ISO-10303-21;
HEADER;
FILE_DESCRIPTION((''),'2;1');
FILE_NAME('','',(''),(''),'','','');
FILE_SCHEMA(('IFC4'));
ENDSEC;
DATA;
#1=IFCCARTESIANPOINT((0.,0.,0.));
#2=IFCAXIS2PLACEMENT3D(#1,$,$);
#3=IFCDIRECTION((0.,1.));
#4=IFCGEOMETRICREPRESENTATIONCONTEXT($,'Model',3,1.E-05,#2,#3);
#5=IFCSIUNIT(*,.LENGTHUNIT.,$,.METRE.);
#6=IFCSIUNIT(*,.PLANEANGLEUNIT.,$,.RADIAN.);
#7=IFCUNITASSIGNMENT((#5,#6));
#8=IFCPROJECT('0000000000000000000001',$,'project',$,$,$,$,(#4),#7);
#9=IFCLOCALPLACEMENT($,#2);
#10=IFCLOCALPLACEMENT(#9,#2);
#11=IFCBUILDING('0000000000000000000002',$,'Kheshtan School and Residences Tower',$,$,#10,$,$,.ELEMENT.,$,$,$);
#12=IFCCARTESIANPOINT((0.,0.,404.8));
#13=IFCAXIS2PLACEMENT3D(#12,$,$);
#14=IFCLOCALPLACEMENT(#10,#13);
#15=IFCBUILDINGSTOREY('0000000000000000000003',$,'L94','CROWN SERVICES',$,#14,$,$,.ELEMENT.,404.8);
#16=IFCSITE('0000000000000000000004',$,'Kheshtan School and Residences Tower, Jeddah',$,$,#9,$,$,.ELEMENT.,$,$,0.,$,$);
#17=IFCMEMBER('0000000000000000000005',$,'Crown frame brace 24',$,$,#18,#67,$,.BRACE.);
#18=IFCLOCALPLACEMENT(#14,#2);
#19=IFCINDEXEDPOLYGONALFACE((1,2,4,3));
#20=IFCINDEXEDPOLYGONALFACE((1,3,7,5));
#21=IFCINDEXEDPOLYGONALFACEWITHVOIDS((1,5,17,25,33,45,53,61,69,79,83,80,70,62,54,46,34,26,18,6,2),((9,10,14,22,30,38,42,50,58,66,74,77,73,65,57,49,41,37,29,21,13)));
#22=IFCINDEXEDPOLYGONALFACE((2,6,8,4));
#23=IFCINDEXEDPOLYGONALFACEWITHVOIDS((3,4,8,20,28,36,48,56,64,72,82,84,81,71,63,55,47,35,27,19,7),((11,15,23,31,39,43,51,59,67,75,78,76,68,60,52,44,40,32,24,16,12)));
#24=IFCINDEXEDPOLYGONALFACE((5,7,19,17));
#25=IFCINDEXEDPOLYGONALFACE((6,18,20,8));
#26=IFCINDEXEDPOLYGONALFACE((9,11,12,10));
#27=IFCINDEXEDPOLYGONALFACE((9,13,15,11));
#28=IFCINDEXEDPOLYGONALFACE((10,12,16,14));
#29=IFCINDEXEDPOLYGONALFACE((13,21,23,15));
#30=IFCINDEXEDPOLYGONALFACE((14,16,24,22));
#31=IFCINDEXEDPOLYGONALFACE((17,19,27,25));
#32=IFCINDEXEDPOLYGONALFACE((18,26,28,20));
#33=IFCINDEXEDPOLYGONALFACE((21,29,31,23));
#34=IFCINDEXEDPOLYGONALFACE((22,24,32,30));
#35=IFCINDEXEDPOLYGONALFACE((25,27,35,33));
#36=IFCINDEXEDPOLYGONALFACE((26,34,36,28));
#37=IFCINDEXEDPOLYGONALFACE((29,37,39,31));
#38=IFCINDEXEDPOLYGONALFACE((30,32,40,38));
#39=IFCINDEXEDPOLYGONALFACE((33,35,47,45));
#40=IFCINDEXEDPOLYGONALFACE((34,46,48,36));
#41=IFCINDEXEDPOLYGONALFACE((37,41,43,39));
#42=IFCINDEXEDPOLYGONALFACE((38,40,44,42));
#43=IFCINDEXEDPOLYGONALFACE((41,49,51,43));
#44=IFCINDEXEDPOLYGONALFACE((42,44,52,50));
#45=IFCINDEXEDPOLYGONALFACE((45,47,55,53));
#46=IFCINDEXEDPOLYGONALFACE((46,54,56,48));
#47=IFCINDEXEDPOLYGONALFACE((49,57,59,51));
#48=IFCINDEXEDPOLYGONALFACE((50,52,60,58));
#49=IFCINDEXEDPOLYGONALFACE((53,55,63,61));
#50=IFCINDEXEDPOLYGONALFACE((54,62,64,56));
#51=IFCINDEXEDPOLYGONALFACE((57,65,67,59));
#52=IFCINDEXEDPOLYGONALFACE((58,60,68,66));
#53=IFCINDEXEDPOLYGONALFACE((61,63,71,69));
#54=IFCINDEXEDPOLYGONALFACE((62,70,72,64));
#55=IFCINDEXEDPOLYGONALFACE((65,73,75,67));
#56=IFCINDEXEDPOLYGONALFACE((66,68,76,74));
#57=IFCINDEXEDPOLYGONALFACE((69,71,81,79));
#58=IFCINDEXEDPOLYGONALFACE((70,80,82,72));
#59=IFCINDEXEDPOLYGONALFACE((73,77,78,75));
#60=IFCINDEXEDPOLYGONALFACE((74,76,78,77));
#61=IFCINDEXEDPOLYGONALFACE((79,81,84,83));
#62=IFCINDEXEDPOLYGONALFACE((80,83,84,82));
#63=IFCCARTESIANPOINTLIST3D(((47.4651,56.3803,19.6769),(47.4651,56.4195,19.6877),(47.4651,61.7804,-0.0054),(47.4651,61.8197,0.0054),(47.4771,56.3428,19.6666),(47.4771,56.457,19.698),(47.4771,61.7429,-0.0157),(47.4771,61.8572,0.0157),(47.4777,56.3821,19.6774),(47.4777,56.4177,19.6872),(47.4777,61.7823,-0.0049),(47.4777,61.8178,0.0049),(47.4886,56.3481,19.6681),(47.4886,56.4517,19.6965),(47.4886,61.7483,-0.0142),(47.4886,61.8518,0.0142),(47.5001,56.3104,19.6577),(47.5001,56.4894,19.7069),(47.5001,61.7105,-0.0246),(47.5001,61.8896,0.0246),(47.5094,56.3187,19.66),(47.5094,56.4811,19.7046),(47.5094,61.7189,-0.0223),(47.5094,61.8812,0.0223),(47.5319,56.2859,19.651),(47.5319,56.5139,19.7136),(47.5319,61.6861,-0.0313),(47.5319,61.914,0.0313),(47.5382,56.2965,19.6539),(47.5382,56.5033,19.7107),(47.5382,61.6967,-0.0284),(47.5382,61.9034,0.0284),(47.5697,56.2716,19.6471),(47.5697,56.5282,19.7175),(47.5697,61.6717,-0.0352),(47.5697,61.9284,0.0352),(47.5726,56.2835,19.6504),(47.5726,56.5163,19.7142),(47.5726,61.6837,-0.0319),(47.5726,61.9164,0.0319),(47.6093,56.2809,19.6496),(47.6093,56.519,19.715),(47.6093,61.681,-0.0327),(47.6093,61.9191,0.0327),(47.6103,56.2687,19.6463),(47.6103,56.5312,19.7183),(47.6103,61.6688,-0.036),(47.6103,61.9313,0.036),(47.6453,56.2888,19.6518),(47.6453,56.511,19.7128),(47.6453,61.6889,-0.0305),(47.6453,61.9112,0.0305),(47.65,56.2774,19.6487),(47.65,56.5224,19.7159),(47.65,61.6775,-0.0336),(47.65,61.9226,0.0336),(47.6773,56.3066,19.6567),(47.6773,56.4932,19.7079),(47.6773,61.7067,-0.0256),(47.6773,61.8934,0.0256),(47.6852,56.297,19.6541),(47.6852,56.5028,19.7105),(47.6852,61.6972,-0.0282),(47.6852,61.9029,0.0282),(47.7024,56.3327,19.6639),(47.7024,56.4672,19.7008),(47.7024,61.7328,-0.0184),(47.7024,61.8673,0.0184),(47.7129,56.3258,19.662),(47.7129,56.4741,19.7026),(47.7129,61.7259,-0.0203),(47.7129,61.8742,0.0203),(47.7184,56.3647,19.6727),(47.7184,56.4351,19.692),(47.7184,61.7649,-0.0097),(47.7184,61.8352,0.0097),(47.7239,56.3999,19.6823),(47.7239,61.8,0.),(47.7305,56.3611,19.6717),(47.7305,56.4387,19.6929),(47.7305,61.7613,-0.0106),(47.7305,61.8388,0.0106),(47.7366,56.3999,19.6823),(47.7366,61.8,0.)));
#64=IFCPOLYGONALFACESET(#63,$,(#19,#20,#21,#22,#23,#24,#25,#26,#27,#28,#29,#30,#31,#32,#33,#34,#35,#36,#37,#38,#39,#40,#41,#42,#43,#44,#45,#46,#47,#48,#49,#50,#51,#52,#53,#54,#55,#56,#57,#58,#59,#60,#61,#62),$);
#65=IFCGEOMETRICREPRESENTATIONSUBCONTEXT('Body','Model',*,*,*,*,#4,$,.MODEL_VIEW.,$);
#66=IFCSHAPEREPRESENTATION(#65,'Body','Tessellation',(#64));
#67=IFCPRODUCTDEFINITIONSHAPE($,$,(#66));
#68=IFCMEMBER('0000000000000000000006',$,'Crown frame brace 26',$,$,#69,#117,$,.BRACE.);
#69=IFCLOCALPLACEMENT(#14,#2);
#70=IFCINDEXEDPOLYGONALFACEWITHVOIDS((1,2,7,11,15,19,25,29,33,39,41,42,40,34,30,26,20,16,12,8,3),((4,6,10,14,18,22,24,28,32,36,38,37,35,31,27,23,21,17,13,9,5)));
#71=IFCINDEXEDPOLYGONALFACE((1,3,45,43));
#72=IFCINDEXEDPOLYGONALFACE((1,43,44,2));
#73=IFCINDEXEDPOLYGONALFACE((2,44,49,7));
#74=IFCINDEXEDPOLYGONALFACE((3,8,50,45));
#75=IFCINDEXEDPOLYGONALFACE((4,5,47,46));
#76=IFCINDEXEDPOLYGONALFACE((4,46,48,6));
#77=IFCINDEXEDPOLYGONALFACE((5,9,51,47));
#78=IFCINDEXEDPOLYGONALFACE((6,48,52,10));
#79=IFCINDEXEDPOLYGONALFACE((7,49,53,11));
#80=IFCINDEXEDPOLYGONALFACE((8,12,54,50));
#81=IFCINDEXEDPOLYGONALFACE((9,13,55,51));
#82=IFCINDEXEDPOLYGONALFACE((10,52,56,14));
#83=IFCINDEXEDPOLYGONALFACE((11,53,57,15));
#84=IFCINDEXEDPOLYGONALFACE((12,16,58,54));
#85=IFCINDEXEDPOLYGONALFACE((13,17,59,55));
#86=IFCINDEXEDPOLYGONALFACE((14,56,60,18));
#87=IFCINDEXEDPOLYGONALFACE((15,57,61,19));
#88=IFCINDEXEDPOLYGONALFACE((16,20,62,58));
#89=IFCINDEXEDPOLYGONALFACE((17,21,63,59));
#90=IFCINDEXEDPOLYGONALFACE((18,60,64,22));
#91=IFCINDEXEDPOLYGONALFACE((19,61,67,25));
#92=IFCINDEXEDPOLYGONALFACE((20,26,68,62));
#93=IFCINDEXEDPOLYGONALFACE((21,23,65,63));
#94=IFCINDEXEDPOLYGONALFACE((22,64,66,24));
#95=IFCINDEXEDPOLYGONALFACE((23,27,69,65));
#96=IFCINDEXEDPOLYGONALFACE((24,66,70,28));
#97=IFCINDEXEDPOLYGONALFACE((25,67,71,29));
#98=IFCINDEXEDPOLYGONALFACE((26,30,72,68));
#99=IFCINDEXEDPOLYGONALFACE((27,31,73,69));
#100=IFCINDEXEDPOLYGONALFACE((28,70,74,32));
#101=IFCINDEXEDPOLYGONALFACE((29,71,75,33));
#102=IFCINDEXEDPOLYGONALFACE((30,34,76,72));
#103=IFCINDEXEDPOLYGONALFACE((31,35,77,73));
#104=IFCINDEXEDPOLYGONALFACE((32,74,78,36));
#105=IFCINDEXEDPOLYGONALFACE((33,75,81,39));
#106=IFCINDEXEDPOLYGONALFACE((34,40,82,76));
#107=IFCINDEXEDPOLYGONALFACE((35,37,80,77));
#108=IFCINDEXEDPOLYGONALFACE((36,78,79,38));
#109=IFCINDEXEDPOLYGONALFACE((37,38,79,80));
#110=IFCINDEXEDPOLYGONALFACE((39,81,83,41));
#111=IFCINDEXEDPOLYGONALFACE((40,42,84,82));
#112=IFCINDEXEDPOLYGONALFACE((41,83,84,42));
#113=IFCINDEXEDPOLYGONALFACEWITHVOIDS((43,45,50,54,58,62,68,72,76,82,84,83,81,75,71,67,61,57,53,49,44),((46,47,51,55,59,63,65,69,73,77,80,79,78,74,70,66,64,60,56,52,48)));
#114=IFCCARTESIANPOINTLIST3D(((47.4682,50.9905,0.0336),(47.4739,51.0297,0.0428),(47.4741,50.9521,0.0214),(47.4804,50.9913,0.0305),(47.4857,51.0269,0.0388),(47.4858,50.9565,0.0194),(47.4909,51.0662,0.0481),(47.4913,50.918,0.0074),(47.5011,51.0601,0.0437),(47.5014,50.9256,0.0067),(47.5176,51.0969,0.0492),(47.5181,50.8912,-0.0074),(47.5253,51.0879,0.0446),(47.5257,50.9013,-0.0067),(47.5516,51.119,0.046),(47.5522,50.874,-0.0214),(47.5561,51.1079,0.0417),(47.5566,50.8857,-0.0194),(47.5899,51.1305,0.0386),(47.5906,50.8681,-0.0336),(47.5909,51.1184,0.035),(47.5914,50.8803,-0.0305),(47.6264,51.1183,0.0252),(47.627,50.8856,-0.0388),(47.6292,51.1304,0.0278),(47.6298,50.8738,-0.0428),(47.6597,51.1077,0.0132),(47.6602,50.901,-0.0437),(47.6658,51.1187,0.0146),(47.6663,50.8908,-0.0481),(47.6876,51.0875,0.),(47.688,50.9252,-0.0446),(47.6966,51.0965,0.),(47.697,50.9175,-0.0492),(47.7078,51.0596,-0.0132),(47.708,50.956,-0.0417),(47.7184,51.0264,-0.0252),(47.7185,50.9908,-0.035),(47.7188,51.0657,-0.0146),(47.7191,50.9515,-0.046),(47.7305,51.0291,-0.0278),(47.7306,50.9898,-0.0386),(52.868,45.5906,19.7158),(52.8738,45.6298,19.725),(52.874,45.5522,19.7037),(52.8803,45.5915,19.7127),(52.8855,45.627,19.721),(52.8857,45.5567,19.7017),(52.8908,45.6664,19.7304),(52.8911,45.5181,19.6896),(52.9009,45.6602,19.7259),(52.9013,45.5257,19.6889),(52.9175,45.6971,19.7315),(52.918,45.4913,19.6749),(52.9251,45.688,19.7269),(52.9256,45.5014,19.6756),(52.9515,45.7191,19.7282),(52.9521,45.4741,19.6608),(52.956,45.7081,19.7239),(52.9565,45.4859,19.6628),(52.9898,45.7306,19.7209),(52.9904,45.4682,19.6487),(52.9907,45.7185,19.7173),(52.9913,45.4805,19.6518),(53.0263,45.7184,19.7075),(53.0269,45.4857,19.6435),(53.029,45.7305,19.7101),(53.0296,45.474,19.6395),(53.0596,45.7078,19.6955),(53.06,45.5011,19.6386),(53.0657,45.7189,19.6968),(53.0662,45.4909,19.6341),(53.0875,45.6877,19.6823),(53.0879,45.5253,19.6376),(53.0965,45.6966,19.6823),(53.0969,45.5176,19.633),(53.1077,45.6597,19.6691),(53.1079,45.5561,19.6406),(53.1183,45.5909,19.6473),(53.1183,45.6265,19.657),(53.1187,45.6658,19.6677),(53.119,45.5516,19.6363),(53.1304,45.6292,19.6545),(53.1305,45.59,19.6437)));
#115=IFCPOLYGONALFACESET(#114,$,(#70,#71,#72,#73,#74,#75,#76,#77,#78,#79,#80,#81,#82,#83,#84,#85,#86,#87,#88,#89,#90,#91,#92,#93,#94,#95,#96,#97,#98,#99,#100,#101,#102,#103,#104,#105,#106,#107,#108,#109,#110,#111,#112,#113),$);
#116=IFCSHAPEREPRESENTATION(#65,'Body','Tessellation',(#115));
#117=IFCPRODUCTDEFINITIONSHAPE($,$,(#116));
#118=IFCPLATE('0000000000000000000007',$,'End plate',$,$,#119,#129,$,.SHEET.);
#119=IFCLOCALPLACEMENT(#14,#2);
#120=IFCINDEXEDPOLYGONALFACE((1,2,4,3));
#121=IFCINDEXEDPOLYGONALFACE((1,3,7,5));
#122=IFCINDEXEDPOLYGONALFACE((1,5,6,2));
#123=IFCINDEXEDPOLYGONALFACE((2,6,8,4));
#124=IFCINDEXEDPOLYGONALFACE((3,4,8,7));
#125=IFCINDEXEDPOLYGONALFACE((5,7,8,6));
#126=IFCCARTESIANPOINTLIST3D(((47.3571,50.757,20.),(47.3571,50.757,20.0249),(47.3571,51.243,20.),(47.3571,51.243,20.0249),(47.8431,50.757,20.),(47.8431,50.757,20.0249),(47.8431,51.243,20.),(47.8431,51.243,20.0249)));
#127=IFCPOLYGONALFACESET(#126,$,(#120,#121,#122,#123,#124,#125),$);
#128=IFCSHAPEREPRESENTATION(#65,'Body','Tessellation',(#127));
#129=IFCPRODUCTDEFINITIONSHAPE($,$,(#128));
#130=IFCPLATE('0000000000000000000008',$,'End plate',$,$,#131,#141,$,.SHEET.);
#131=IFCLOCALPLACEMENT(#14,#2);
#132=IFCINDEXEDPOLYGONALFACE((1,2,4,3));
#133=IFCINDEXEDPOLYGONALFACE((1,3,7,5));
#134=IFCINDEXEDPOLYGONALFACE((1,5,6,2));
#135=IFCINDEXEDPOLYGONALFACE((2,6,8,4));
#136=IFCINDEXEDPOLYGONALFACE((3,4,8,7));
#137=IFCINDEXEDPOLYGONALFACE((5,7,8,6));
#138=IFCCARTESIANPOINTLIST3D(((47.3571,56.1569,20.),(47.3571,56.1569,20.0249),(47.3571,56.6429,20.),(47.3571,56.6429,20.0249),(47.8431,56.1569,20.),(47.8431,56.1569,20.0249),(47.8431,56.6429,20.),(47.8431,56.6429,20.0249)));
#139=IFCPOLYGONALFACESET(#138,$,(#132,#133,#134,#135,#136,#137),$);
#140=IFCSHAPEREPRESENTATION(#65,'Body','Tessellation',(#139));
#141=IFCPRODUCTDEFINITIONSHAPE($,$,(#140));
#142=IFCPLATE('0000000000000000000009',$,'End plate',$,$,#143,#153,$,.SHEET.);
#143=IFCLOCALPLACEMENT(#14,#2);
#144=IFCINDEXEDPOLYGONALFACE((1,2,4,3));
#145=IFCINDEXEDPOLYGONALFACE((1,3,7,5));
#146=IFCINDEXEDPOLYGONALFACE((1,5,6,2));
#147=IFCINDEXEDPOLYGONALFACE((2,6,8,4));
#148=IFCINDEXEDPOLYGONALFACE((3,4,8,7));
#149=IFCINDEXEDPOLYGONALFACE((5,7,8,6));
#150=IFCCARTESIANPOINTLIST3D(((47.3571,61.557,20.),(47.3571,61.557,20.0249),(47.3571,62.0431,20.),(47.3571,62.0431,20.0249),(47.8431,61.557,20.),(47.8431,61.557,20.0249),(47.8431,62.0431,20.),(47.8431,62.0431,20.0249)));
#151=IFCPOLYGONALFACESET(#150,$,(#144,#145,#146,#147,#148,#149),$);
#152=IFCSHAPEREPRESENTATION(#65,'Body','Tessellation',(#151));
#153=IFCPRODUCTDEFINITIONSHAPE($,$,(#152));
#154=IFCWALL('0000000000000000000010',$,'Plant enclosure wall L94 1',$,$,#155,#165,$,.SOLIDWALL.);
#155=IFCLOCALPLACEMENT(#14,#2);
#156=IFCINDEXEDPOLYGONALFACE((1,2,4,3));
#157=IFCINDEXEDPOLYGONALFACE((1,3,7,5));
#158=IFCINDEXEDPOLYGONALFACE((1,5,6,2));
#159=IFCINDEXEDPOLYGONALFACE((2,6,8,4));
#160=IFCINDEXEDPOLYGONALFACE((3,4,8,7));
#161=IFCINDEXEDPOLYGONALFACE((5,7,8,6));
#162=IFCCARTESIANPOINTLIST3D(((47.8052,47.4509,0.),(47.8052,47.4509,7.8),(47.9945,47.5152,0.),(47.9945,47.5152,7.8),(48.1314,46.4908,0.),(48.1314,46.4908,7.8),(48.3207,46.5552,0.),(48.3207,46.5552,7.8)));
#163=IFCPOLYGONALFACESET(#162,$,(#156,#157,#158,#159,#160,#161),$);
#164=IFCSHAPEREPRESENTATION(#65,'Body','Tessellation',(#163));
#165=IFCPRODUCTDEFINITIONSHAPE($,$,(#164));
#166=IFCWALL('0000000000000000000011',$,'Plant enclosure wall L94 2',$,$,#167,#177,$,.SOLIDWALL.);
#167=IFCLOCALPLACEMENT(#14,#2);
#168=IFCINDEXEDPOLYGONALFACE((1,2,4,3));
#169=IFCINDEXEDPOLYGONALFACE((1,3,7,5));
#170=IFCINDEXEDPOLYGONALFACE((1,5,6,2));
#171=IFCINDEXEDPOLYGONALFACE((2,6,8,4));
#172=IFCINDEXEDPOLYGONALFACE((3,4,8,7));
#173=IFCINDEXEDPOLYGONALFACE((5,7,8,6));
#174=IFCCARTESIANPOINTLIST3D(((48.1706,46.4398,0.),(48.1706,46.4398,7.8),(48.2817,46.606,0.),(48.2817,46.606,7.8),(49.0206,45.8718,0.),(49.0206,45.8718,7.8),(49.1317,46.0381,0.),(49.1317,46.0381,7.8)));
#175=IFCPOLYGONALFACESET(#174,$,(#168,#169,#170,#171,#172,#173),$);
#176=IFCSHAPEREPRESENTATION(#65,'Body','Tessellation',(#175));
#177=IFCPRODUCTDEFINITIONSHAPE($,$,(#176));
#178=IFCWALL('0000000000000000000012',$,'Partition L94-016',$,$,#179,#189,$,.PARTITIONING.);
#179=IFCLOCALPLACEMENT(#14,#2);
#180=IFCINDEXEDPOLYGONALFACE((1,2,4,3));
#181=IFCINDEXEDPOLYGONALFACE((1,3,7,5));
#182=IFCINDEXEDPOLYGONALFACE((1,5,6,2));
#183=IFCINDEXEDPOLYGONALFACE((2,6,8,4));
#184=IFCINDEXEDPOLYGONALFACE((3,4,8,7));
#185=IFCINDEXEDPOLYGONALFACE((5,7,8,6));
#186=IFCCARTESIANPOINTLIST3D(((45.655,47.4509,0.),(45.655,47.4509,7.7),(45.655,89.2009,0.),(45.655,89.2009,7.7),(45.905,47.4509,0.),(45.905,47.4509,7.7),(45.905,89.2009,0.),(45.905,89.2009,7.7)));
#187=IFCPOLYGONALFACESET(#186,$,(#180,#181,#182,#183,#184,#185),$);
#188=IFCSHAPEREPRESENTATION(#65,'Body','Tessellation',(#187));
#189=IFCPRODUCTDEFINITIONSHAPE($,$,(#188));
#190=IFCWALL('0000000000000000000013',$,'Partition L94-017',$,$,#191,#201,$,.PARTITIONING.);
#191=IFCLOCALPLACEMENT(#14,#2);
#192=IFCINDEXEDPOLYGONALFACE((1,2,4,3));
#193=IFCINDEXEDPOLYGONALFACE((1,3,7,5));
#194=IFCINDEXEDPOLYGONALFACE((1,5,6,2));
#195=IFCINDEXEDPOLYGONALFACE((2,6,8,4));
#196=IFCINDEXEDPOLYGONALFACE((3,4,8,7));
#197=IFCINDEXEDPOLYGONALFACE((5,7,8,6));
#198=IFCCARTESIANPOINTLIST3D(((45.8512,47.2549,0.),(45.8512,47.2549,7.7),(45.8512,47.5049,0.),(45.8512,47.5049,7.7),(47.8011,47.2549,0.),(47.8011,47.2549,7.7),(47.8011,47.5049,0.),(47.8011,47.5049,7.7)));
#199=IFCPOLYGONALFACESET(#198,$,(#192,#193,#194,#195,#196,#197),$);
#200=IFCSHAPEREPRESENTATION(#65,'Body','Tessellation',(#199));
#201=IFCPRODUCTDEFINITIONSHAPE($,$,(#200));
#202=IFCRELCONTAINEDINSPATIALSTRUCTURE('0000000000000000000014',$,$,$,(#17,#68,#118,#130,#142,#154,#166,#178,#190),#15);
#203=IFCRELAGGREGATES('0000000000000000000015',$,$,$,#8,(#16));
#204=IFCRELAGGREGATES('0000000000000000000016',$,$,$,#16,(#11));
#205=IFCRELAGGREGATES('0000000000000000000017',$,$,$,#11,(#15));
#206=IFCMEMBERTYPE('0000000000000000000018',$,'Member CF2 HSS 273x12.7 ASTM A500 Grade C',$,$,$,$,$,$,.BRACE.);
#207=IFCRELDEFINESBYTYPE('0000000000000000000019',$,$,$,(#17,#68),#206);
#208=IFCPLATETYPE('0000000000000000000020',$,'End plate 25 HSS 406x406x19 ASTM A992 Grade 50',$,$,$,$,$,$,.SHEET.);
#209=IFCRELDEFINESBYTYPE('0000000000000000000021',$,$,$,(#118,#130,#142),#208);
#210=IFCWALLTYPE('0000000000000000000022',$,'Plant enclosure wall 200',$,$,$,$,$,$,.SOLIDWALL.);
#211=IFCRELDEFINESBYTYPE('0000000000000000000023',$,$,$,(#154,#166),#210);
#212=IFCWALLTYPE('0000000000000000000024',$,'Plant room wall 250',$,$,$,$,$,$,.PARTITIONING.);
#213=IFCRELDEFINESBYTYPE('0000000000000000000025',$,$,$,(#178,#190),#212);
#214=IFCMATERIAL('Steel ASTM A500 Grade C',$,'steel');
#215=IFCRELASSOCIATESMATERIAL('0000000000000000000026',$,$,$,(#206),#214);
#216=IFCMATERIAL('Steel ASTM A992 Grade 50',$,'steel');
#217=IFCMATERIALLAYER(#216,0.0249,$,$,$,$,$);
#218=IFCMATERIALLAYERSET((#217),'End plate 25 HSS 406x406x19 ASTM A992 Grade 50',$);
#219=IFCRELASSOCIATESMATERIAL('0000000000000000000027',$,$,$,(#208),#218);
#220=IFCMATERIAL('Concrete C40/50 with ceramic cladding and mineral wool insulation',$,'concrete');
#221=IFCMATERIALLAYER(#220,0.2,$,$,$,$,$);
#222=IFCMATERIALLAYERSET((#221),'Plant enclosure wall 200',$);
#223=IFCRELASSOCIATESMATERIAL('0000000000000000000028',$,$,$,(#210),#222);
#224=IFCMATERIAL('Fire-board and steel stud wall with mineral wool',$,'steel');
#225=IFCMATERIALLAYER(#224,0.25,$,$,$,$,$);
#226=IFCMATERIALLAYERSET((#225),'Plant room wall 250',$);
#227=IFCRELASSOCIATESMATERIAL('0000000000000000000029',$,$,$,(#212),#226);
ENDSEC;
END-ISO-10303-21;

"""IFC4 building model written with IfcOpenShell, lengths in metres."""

from ifc_helpers import new_model, si_unit, direction, frame, frame_2d, origin, origin_2d, place, context, subcontext, project, spatial, rectangle, hollow_circle, extrude, material, layer, layer_set, material_profile, profile_set, type_object, element, save


model = new_model("IFC4")

# Units and contexts
model_context = context("Model", 3, precision=1e-05, world=origin(), true_north=direction((0.0, 1.0)))
body_context = subcontext(model_context, "Body", "Model", "MODEL_VIEW")
ifc_project = project(units=[si_unit("LENGTHUNIT", "METRE"), si_unit("PLANEANGLEUNIT", "RADIAN")], contexts=[model_context])

# Site, building, storey
site_placement = place(None, origin())
site = spatial("IfcSite", under=ifc_project, at=site_placement, Name="Kheshtan School and Residences Tower, Jeddah", CompositionType="ELEMENT", RefElevation=0.0)
building_placement = place(site_placement, origin())
building = spatial("IfcBuilding", under=site, at=building_placement, Name="Kheshtan School and Residences Tower", CompositionType="ELEMENT")
storey_placement = place(building_placement, frame((0.0, 0.0, 404.8)))
storey = spatial("IfcBuildingStorey", under=building, at=storey_placement, Name="L94", Description="CROWN SERVICES", CompositionType="ELEMENT", Elevation=404.8)

# Shared definitions
ifc_material_1 = material(Name="Steel ASTM A500 Grade C", Category="steel")

# Shared definitions
ifc_material_2 = material(Name="Steel ASTM A992 Grade 50", Category="steel")

# Members
ifc_material_profile_1 = material_profile(ifc_material_1, hollow_circle(Radius=0.1365, WallThickness=0.0127, at=origin_2d()), Name="HSS 273x12.7")
ifc_profile_set_1 = profile_set([ifc_material_profile_1], Name="Steel ASTM A500 Grade C")
member_type = type_object("IfcMemberType", Name="Member CF2 HSS 273x12.7 ASTM A500 Grade C", PredefinedType="BRACE", material=ifc_profile_set_1)
member_1_placement = place(storey_placement, frame((47.6001, 61.8, 0.0), z_axis=(0.0, -0.264587, 0.964362), x_axis=(1.0, 0.0, 0.0)))
element("IfcMember", 1, at=member_1_placement, inside=storey, type_object=member_type, Name="Crown frame brace 24", PredefinedType="BRACE", context=body_context, shape_type="SweptSolid", body=[
    extrude(hollow_circle(Radius=0.1365, WallThickness=0.0127, at=origin_2d()), origin(), (0.0, 0.0, 1.0), 20.4097),
])
member_2_placement = place(storey_placement, frame((47.6001, 51.0, 0.0), z_axis=(0.255775, -0.255775, 0.932287), x_axis=(0.707107, 0.707107, 0.0)))
element("IfcMember", 2, at=member_2_placement, inside=storey, type_object=member_type, Name="Crown frame brace 26", PredefinedType="BRACE", context=body_context, shape_type="SweptSolid", body=[
    extrude(hollow_circle(Radius=0.1365, WallThickness=0.0127, at=origin_2d()), origin(), (0.0, 0.0, 1.0), 21.1118),
])

# Plates
ifc_layer_1 = layer(ifc_material_2, 0.0249)
ifc_layer_set_1 = layer_set([ifc_layer_1], Name="End plate 25 HSS 406x406x19 ASTM A992 Grade 50")
plate_type = type_object("IfcPlateType", Name="End plate 25 HSS 406x406x19 ASTM A992 Grade 50", PredefinedType="SHEET", material=ifc_layer_set_1)
for number, where, z_axis, x_axis, name in (
    (3, (47.6001, 51.0, 20.0), (0.0, 0.0, 1.0), (1.0, 0.0, 0.0), "End plate"),
    (4, (47.6001, 56.3999, 20.0), (0.0, 0.0, 1.0), (1.0, 0.0, 0.0), "End plate"),
    (5, (47.6001, 61.8, 20.0), (0.0, 0.0, 1.0), (1.0, 0.0, 0.0), "End plate"),
):
    element("IfcPlate", number, at=place(storey_placement, frame(where, z_axis=z_axis, x_axis=x_axis)), inside=storey, type_object=plate_type, Name=name, PredefinedType="SHEET", context=body_context, shape_type="SweptSolid", body=[
        extrude(rectangle(XDim=0.4861, YDim=0.4861, at=origin_2d()), origin(), (0.0, 0.0, 1.0), 0.0249),
    ])

# Walls
ifc_material_3 = material(Name="Concrete C40/50 with ceramic cladding and mineral wool insulation", Category="concrete")
ifc_layer_2 = layer(ifc_material_3, 0.2)
ifc_layer_set_2 = layer_set([ifc_layer_2], Name="Plant enclosure wall 200")
wall_type_1 = type_object("IfcWallType", Name="Plant enclosure wall 200", PredefinedType="SOLIDWALL", material=ifc_layer_set_2)
wall_1_placement = place(storey_placement, frame((47.8999, 47.4829, 0.0), z_axis=(0.0, 0.0, 1.0), x_axis=(0.321713, -0.946837, 0.0)))
element("IfcWall", 6, at=wall_1_placement, inside=storey, type_object=wall_type_1, Name="Plant enclosure wall L94 1", PredefinedType="SOLIDWALL", context=body_context, shape_type="SweptSolid", body=[
    extrude(rectangle(XDim=1.0139, YDim=0.2, at=frame_2d((0.5068, 0.0))), origin(), (0.0, 0.0, 1.0), 7.8),
])
wall_2_placement = place(storey_placement, frame((48.2261, 46.5229, 0.0), z_axis=(0.0, 0.0, 1.0), x_axis=(0.831462, -0.555582, 0.0)))
element("IfcWall", 7, at=wall_2_placement, inside=storey, type_object=wall_type_1, Name="Plant enclosure wall L94 2", PredefinedType="SOLIDWALL", context=body_context, shape_type="SweptSolid", body=[
    extrude(rectangle(XDim=1.0222, YDim=0.2, at=frame_2d((0.5112, 0.0))), origin(), (0.0, 0.0, 1.0), 7.8),
])
ifc_material_4 = material(Name="Fire-board and steel stud wall with mineral wool", Category="steel")
ifc_layer_3 = layer(ifc_material_4, 0.25)
ifc_layer_set_3 = layer_set([ifc_layer_3], Name="Plant room wall 250")
wall_type_2 = type_object("IfcWallType", Name="Plant room wall 250", PredefinedType="PARTITIONING", material=ifc_layer_set_3)
wall_3_placement = place(storey_placement, frame((45.78, 47.4509, 0.0), z_axis=(0.0, 0.0, 1.0), x_axis=(0.0, 1.0, 0.0)))
element("IfcWall", 8, at=wall_3_placement, inside=storey, type_object=wall_type_2, Name="Partition L94-016", PredefinedType="PARTITIONING", context=body_context, shape_type="SweptSolid", body=[
    extrude(rectangle(XDim=41.75, YDim=0.25, at=frame_2d((20.875, 0.0))), origin(), (0.0, 0.0, 1.0), 7.7),
])
wall_4_placement = place(storey_placement, frame((45.8511, 47.3799, 0.0), z_axis=(0.0, 0.0, 1.0), x_axis=(1.0, 0.0, 0.0)))
element("IfcWall", 9, at=wall_4_placement, inside=storey, type_object=wall_type_2, Name="Partition L94-017", PredefinedType="PARTITIONING", context=body_context, shape_type="SweptSolid", body=[
    extrude(rectangle(XDim=1.95, YDim=0.25, at=frame_2d((0.9751, 0.0))), origin(), (0.0, 0.0, 1.0), 7.7),
])

save(model, "model.ifc")
